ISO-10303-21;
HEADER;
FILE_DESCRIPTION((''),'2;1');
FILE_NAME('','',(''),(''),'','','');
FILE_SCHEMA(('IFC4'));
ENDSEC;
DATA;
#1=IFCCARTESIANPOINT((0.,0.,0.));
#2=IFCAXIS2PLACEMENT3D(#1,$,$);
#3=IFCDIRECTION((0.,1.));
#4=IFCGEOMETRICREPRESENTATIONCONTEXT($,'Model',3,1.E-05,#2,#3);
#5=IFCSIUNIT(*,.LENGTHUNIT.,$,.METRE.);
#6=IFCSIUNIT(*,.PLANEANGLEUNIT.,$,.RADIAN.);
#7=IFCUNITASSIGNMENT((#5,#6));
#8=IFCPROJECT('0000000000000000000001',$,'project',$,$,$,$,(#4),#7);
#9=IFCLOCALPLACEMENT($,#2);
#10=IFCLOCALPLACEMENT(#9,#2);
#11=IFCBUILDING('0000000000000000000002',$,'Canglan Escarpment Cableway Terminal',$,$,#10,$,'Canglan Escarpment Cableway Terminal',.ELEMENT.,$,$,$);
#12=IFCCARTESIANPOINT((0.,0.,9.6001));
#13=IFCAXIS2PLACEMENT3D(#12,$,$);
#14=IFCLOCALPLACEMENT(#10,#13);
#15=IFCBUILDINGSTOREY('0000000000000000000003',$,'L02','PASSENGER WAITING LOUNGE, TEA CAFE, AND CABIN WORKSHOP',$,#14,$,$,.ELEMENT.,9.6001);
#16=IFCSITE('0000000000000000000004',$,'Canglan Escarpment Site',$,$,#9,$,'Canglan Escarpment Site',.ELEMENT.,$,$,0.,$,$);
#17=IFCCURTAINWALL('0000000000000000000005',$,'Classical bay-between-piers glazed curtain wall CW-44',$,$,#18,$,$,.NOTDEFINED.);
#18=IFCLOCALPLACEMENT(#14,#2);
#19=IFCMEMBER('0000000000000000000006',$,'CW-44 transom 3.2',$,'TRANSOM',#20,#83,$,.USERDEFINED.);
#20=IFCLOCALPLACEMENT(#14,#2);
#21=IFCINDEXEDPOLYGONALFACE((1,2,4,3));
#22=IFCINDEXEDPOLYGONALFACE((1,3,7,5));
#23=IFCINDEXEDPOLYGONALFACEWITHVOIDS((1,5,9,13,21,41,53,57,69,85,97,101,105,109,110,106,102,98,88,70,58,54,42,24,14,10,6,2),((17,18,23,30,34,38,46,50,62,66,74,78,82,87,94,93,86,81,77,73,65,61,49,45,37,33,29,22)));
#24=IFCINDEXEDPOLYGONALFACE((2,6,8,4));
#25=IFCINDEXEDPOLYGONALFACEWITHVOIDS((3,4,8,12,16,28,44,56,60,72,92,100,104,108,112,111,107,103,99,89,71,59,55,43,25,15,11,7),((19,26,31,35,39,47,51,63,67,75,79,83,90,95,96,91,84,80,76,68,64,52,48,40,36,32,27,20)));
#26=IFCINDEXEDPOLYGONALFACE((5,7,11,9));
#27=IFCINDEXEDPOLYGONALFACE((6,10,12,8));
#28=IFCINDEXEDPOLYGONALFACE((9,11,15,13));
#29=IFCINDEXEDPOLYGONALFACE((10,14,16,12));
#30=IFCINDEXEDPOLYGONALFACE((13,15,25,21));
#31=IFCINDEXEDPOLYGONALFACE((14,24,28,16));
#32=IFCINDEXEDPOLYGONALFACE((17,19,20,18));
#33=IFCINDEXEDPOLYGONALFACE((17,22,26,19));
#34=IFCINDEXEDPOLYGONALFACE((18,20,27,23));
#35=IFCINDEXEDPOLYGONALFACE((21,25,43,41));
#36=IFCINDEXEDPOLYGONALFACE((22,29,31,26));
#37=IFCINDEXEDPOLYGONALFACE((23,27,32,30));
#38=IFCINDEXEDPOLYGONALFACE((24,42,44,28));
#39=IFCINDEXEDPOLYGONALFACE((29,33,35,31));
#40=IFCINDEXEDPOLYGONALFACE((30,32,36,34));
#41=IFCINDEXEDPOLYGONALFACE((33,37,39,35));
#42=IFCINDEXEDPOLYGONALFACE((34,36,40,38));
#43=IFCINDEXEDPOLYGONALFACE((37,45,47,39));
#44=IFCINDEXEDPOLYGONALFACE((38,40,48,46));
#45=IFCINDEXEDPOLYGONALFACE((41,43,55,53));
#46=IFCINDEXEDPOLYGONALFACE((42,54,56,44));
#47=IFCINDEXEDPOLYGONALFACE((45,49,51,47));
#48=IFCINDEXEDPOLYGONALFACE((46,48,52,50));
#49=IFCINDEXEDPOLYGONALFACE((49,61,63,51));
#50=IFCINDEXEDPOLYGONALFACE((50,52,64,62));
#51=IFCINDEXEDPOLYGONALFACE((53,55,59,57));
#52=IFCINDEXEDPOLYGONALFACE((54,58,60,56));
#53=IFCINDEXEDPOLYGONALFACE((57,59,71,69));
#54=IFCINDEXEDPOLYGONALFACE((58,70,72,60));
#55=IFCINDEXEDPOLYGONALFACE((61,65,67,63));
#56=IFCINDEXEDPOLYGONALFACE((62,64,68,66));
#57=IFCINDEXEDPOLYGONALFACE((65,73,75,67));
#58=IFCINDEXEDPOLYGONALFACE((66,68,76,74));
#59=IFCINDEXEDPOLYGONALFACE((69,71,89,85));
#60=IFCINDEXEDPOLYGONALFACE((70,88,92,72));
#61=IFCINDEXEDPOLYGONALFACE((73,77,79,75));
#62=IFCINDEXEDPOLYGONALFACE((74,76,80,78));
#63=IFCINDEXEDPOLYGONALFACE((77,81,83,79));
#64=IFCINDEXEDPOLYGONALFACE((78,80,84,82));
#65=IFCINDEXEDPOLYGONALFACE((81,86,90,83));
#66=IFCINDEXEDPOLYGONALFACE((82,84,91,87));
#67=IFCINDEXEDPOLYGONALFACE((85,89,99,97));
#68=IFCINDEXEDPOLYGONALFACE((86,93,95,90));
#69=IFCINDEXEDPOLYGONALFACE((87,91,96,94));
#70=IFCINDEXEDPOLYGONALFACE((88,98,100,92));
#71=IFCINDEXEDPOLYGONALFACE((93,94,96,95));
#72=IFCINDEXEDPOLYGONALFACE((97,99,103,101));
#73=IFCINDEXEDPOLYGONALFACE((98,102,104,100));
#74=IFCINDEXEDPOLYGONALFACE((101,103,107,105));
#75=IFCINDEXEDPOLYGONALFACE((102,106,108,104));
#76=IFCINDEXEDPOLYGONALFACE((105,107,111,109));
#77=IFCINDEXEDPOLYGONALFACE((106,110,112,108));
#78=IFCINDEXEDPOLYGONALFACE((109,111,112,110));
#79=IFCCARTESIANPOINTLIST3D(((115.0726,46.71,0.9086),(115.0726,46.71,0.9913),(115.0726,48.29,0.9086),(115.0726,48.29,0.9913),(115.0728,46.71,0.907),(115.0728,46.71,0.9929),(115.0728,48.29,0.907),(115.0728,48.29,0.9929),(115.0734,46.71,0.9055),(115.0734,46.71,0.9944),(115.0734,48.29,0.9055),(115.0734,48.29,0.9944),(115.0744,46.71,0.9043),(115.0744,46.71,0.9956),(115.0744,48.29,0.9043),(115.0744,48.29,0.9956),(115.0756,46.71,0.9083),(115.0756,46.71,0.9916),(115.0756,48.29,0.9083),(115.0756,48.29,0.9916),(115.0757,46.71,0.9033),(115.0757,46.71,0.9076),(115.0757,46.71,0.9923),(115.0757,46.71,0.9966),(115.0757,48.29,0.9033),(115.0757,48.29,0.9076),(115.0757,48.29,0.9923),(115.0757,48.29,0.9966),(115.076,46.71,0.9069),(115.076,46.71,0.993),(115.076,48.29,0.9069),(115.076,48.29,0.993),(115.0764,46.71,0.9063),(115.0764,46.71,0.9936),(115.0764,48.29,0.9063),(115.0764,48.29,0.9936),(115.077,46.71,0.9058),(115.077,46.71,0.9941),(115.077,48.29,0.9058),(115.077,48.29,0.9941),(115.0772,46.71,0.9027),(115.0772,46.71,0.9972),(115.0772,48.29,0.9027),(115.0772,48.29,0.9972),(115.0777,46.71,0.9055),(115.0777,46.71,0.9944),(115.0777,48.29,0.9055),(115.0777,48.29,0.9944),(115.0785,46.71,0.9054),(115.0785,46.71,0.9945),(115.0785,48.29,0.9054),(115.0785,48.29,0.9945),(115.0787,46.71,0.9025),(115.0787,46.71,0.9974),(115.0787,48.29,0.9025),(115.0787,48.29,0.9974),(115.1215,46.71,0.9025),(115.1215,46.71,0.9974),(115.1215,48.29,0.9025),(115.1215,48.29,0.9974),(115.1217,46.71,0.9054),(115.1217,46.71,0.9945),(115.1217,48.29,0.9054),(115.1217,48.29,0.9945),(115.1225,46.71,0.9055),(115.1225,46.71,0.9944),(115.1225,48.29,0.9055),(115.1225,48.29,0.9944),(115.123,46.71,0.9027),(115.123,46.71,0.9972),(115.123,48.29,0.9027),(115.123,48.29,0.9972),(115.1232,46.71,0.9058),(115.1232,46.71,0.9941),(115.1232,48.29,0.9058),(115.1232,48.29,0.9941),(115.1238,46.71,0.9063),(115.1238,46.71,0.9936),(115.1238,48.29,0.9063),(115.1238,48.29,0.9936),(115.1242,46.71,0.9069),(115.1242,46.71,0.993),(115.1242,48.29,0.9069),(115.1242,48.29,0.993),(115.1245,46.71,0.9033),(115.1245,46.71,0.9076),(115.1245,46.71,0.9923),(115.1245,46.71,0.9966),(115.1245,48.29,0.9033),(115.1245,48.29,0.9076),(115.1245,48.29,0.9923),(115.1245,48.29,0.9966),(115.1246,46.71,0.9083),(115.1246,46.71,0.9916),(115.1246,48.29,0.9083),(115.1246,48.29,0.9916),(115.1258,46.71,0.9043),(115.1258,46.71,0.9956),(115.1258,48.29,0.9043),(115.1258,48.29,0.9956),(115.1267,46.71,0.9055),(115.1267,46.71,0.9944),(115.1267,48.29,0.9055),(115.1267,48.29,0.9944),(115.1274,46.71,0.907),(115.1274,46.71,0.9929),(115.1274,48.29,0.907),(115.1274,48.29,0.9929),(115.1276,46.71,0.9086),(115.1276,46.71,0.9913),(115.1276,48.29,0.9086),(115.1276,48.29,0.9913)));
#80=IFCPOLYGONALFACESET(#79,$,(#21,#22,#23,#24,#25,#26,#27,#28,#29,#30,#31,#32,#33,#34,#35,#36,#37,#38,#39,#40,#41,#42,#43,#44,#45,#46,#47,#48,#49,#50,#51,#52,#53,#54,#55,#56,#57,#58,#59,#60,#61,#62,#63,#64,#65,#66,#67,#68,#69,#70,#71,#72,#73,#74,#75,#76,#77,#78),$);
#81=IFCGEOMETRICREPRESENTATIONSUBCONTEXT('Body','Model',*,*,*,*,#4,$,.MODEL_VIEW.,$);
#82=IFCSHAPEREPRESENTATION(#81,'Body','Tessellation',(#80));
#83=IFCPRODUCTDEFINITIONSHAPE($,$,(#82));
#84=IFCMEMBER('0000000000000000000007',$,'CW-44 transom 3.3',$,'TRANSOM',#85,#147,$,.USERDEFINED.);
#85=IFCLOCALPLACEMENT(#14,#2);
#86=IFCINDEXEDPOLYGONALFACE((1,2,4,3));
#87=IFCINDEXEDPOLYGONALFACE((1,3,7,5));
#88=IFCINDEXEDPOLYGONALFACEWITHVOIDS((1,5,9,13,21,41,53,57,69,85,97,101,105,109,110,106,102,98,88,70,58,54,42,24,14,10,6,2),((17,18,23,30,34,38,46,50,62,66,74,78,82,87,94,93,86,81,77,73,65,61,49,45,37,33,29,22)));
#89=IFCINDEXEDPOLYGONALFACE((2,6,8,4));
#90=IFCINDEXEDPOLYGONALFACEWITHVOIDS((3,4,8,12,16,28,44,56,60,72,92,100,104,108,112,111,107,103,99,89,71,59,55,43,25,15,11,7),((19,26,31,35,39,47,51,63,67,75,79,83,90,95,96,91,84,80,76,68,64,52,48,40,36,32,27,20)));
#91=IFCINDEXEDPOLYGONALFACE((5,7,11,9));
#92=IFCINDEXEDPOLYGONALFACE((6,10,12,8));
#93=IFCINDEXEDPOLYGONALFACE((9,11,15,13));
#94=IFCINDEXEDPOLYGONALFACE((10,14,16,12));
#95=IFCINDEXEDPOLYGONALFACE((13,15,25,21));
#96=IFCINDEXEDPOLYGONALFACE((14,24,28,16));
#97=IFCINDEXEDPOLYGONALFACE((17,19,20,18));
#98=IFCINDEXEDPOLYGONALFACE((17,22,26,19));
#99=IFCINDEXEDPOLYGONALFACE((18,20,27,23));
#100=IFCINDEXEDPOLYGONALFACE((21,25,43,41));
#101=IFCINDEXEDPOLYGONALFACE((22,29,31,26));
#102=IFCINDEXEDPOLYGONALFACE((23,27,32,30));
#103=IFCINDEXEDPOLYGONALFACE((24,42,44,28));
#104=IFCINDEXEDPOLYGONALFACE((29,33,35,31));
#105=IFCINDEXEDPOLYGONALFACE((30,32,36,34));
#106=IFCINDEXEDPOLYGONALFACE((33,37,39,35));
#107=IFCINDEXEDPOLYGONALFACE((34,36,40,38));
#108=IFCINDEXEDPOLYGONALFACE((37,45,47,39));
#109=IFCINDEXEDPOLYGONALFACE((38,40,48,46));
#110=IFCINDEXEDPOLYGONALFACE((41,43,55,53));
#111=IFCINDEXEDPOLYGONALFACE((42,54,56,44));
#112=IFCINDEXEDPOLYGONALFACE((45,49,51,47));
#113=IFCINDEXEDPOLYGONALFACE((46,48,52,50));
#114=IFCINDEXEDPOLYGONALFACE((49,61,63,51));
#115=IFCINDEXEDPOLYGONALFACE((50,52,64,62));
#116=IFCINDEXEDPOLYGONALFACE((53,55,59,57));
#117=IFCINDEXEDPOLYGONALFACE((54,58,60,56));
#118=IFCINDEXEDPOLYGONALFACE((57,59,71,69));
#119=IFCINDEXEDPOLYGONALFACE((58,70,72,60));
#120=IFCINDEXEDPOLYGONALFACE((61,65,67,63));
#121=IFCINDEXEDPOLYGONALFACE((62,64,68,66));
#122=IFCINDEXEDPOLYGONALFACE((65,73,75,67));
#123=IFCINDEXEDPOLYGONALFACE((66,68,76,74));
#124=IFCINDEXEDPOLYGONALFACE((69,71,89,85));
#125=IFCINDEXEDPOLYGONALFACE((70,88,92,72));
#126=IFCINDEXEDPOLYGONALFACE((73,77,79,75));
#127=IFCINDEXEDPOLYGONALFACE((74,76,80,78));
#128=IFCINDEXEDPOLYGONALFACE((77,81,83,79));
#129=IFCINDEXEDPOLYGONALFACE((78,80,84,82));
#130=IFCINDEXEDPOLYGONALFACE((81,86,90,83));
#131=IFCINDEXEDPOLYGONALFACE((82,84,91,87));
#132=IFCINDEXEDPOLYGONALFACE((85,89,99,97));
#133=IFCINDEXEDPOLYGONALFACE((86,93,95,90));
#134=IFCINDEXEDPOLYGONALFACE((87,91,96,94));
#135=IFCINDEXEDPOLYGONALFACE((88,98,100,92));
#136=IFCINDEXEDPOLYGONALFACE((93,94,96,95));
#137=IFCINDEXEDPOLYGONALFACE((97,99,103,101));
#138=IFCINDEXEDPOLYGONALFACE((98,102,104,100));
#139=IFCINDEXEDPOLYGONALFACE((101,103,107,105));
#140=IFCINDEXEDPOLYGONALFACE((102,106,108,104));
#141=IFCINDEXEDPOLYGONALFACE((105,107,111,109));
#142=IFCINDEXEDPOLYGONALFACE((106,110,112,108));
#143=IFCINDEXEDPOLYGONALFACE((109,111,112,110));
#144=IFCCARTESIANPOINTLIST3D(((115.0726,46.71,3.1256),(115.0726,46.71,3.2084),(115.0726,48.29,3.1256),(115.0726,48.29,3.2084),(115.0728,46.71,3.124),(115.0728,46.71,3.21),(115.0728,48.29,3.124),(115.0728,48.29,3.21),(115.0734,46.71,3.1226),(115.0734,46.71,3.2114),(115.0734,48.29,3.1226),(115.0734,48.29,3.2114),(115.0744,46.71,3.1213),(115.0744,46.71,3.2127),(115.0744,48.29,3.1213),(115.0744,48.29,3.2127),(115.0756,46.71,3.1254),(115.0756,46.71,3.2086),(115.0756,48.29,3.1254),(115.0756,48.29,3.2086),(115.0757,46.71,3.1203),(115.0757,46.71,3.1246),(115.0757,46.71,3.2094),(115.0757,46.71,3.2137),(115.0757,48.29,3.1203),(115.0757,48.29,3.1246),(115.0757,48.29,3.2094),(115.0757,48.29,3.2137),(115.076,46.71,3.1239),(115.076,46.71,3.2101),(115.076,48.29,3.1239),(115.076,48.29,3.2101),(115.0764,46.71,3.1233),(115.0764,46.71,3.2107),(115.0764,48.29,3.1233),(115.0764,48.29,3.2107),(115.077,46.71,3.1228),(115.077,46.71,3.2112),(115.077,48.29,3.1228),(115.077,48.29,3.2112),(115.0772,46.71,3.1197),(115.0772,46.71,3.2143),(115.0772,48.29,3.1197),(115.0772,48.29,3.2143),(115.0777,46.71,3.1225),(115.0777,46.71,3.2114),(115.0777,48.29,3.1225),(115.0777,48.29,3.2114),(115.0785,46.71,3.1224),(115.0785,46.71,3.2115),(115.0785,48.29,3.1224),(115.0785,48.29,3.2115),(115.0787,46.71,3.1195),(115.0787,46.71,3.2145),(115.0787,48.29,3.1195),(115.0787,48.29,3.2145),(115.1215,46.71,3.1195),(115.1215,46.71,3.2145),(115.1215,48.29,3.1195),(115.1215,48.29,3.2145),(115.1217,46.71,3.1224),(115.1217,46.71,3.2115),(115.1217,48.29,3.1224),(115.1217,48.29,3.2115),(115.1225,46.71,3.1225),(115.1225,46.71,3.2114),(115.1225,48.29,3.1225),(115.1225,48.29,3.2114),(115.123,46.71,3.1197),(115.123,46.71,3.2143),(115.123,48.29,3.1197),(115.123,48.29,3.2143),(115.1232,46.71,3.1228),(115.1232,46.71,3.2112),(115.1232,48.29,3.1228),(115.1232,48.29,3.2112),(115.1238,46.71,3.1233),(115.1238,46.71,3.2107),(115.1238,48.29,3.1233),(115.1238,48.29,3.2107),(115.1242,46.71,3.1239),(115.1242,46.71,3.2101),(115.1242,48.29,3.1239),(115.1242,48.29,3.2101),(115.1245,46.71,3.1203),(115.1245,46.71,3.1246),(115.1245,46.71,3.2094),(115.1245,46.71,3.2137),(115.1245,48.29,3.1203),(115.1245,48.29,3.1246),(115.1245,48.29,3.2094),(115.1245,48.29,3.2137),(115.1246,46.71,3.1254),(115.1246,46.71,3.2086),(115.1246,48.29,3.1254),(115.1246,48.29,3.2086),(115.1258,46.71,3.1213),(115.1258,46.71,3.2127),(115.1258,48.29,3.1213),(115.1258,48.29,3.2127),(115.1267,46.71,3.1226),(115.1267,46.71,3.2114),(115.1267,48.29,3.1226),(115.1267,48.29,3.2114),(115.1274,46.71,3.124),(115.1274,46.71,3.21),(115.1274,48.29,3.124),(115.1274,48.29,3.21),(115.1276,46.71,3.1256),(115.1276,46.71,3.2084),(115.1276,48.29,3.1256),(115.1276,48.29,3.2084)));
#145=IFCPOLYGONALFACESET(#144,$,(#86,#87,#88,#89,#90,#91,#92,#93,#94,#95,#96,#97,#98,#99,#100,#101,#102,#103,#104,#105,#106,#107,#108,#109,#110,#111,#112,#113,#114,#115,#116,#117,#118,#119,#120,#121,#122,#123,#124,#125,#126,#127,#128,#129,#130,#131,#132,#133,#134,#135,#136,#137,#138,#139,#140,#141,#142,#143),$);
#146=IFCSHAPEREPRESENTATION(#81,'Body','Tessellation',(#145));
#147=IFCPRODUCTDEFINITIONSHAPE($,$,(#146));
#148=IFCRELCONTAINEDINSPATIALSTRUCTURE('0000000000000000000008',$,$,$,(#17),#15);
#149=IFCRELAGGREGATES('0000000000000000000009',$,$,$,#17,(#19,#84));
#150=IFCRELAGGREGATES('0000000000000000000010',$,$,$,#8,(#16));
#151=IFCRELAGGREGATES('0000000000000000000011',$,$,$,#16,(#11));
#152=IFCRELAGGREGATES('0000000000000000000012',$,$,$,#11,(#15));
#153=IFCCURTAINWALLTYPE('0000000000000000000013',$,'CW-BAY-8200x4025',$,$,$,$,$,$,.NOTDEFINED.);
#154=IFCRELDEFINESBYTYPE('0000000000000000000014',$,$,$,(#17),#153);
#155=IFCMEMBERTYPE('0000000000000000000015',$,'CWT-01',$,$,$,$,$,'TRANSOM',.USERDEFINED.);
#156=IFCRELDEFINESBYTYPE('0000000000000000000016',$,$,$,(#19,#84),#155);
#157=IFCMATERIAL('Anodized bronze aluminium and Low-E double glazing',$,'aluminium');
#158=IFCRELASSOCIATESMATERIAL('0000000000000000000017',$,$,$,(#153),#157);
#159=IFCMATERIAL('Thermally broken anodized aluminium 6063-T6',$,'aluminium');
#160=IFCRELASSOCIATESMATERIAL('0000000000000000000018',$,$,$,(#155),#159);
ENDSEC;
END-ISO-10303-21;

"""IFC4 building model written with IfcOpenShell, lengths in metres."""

from ifc_helpers import new_model, si_unit, direction, frame, origin, origin_2d, place, context, subcontext, project, spatial, hollow_rectangle, extrude, material, material_profile, profile_set, type_object, element, aggregate, save


model = new_model("IFC4")

# Units and contexts
model_context = context("Model", 3, precision=1e-05, world=origin(), true_north=direction((0.0, 1.0)))
body_context = subcontext(model_context, "Body", "Model", "MODEL_VIEW")
ifc_project = project(units=[si_unit("LENGTHUNIT", "METRE"), si_unit("PLANEANGLEUNIT", "RADIAN")], contexts=[model_context])

# Site, building, storey
site_placement = place(None, origin())
site = spatial("IfcSite", under=ifc_project, at=site_placement, Name="Canglan Escarpment Site", LongName="Canglan Escarpment Site", CompositionType="ELEMENT", RefElevation=0.0)
building_placement = place(site_placement, origin())
building = spatial("IfcBuilding", under=site, at=building_placement, Name="Canglan Escarpment Cableway Terminal", LongName="Canglan Escarpment Cableway Terminal", CompositionType="ELEMENT")
storey_placement = place(building_placement, frame((0.0, 0.0, 9.6001)))
storey = spatial("IfcBuildingStorey", under=building, at=storey_placement, Name="L02", Description="PASSENGER WAITING LOUNGE, TEA CAFE, AND CABIN WORKSHOP", CompositionType="ELEMENT", Elevation=9.6001)

# Curtain wall, members
ifc_material_1 = material(Name="Anodized bronze aluminium and Low-E double glazing", Category="aluminium")
curtain_wall_type = type_object("IfcCurtainWallType", Name="CW-BAY-8200x4025", PredefinedType="NOTDEFINED", material=ifc_material_1)
curtain_wall_placement = place(storey_placement, origin())
curtain_wall = element("IfcCurtainWall", 1, at=curtain_wall_placement, inside=storey, type_object=curtain_wall_type, Name="Classical bay-between-piers glazed curtain wall CW-44", PredefinedType="NOTDEFINED")
ifc_material_2 = material(Name="Thermally broken anodized aluminium 6063-T6", Category="aluminium")
ifc_material_profile_1 = material_profile(ifc_material_2, hollow_rectangle(XDim=0.0549, YDim=0.095, WallThickness=0.0029, InnerFilletRadius=0.0029, OuterFilletRadius=0.0061, at=origin_2d()), Name="ALU-TRAN 55x95x3")
ifc_profile_set_1 = profile_set([ifc_material_profile_1], Name="Thermally broken anodized aluminium 6063-T6")
member_type_1 = type_object("IfcMemberType", Name="CWT-01", ElementType="TRANSOM", PredefinedType="USERDEFINED", material=ifc_profile_set_1)
member_1_placement = place(storey_placement, frame((115.1001, 48.29, 0.95), z_axis=(0.0, -1.0, 0.0), x_axis=(1.0, 0.0, 0.0)))
member_1 = element("IfcMember", 2, at=member_1_placement, type_object=member_type_1, Name="CW-44 transom 3.2", ObjectType="TRANSOM", PredefinedType="USERDEFINED", context=body_context, shape_type="SweptSolid", body=[
    extrude(hollow_rectangle(XDim=0.0549, YDim=0.095, WallThickness=0.0029, InnerFilletRadius=0.0029, OuterFilletRadius=0.0061, at=origin_2d()), origin(), (0.0, 0.0, 1.0), 1.5801),
])
member_2_placement = place(storey_placement, frame((115.1001, 48.29, 3.167), z_axis=(0.0, -1.0, 0.0), x_axis=(1.0, 0.0, 0.0)))
member_2 = element("IfcMember", 3, at=member_2_placement, type_object=member_type_1, Name="CW-44 transom 3.3", ObjectType="TRANSOM", PredefinedType="USERDEFINED", context=body_context, shape_type="SweptSolid", body=[
    extrude(hollow_rectangle(XDim=0.0549, YDim=0.095, WallThickness=0.0029, InnerFilletRadius=0.0029, OuterFilletRadius=0.0061, at=origin_2d()), origin(), (0.0, 0.0, 1.0), 1.5801),
])
aggregate(curtain_wall, [member_1, member_2])

save(model, "model.ifc")
